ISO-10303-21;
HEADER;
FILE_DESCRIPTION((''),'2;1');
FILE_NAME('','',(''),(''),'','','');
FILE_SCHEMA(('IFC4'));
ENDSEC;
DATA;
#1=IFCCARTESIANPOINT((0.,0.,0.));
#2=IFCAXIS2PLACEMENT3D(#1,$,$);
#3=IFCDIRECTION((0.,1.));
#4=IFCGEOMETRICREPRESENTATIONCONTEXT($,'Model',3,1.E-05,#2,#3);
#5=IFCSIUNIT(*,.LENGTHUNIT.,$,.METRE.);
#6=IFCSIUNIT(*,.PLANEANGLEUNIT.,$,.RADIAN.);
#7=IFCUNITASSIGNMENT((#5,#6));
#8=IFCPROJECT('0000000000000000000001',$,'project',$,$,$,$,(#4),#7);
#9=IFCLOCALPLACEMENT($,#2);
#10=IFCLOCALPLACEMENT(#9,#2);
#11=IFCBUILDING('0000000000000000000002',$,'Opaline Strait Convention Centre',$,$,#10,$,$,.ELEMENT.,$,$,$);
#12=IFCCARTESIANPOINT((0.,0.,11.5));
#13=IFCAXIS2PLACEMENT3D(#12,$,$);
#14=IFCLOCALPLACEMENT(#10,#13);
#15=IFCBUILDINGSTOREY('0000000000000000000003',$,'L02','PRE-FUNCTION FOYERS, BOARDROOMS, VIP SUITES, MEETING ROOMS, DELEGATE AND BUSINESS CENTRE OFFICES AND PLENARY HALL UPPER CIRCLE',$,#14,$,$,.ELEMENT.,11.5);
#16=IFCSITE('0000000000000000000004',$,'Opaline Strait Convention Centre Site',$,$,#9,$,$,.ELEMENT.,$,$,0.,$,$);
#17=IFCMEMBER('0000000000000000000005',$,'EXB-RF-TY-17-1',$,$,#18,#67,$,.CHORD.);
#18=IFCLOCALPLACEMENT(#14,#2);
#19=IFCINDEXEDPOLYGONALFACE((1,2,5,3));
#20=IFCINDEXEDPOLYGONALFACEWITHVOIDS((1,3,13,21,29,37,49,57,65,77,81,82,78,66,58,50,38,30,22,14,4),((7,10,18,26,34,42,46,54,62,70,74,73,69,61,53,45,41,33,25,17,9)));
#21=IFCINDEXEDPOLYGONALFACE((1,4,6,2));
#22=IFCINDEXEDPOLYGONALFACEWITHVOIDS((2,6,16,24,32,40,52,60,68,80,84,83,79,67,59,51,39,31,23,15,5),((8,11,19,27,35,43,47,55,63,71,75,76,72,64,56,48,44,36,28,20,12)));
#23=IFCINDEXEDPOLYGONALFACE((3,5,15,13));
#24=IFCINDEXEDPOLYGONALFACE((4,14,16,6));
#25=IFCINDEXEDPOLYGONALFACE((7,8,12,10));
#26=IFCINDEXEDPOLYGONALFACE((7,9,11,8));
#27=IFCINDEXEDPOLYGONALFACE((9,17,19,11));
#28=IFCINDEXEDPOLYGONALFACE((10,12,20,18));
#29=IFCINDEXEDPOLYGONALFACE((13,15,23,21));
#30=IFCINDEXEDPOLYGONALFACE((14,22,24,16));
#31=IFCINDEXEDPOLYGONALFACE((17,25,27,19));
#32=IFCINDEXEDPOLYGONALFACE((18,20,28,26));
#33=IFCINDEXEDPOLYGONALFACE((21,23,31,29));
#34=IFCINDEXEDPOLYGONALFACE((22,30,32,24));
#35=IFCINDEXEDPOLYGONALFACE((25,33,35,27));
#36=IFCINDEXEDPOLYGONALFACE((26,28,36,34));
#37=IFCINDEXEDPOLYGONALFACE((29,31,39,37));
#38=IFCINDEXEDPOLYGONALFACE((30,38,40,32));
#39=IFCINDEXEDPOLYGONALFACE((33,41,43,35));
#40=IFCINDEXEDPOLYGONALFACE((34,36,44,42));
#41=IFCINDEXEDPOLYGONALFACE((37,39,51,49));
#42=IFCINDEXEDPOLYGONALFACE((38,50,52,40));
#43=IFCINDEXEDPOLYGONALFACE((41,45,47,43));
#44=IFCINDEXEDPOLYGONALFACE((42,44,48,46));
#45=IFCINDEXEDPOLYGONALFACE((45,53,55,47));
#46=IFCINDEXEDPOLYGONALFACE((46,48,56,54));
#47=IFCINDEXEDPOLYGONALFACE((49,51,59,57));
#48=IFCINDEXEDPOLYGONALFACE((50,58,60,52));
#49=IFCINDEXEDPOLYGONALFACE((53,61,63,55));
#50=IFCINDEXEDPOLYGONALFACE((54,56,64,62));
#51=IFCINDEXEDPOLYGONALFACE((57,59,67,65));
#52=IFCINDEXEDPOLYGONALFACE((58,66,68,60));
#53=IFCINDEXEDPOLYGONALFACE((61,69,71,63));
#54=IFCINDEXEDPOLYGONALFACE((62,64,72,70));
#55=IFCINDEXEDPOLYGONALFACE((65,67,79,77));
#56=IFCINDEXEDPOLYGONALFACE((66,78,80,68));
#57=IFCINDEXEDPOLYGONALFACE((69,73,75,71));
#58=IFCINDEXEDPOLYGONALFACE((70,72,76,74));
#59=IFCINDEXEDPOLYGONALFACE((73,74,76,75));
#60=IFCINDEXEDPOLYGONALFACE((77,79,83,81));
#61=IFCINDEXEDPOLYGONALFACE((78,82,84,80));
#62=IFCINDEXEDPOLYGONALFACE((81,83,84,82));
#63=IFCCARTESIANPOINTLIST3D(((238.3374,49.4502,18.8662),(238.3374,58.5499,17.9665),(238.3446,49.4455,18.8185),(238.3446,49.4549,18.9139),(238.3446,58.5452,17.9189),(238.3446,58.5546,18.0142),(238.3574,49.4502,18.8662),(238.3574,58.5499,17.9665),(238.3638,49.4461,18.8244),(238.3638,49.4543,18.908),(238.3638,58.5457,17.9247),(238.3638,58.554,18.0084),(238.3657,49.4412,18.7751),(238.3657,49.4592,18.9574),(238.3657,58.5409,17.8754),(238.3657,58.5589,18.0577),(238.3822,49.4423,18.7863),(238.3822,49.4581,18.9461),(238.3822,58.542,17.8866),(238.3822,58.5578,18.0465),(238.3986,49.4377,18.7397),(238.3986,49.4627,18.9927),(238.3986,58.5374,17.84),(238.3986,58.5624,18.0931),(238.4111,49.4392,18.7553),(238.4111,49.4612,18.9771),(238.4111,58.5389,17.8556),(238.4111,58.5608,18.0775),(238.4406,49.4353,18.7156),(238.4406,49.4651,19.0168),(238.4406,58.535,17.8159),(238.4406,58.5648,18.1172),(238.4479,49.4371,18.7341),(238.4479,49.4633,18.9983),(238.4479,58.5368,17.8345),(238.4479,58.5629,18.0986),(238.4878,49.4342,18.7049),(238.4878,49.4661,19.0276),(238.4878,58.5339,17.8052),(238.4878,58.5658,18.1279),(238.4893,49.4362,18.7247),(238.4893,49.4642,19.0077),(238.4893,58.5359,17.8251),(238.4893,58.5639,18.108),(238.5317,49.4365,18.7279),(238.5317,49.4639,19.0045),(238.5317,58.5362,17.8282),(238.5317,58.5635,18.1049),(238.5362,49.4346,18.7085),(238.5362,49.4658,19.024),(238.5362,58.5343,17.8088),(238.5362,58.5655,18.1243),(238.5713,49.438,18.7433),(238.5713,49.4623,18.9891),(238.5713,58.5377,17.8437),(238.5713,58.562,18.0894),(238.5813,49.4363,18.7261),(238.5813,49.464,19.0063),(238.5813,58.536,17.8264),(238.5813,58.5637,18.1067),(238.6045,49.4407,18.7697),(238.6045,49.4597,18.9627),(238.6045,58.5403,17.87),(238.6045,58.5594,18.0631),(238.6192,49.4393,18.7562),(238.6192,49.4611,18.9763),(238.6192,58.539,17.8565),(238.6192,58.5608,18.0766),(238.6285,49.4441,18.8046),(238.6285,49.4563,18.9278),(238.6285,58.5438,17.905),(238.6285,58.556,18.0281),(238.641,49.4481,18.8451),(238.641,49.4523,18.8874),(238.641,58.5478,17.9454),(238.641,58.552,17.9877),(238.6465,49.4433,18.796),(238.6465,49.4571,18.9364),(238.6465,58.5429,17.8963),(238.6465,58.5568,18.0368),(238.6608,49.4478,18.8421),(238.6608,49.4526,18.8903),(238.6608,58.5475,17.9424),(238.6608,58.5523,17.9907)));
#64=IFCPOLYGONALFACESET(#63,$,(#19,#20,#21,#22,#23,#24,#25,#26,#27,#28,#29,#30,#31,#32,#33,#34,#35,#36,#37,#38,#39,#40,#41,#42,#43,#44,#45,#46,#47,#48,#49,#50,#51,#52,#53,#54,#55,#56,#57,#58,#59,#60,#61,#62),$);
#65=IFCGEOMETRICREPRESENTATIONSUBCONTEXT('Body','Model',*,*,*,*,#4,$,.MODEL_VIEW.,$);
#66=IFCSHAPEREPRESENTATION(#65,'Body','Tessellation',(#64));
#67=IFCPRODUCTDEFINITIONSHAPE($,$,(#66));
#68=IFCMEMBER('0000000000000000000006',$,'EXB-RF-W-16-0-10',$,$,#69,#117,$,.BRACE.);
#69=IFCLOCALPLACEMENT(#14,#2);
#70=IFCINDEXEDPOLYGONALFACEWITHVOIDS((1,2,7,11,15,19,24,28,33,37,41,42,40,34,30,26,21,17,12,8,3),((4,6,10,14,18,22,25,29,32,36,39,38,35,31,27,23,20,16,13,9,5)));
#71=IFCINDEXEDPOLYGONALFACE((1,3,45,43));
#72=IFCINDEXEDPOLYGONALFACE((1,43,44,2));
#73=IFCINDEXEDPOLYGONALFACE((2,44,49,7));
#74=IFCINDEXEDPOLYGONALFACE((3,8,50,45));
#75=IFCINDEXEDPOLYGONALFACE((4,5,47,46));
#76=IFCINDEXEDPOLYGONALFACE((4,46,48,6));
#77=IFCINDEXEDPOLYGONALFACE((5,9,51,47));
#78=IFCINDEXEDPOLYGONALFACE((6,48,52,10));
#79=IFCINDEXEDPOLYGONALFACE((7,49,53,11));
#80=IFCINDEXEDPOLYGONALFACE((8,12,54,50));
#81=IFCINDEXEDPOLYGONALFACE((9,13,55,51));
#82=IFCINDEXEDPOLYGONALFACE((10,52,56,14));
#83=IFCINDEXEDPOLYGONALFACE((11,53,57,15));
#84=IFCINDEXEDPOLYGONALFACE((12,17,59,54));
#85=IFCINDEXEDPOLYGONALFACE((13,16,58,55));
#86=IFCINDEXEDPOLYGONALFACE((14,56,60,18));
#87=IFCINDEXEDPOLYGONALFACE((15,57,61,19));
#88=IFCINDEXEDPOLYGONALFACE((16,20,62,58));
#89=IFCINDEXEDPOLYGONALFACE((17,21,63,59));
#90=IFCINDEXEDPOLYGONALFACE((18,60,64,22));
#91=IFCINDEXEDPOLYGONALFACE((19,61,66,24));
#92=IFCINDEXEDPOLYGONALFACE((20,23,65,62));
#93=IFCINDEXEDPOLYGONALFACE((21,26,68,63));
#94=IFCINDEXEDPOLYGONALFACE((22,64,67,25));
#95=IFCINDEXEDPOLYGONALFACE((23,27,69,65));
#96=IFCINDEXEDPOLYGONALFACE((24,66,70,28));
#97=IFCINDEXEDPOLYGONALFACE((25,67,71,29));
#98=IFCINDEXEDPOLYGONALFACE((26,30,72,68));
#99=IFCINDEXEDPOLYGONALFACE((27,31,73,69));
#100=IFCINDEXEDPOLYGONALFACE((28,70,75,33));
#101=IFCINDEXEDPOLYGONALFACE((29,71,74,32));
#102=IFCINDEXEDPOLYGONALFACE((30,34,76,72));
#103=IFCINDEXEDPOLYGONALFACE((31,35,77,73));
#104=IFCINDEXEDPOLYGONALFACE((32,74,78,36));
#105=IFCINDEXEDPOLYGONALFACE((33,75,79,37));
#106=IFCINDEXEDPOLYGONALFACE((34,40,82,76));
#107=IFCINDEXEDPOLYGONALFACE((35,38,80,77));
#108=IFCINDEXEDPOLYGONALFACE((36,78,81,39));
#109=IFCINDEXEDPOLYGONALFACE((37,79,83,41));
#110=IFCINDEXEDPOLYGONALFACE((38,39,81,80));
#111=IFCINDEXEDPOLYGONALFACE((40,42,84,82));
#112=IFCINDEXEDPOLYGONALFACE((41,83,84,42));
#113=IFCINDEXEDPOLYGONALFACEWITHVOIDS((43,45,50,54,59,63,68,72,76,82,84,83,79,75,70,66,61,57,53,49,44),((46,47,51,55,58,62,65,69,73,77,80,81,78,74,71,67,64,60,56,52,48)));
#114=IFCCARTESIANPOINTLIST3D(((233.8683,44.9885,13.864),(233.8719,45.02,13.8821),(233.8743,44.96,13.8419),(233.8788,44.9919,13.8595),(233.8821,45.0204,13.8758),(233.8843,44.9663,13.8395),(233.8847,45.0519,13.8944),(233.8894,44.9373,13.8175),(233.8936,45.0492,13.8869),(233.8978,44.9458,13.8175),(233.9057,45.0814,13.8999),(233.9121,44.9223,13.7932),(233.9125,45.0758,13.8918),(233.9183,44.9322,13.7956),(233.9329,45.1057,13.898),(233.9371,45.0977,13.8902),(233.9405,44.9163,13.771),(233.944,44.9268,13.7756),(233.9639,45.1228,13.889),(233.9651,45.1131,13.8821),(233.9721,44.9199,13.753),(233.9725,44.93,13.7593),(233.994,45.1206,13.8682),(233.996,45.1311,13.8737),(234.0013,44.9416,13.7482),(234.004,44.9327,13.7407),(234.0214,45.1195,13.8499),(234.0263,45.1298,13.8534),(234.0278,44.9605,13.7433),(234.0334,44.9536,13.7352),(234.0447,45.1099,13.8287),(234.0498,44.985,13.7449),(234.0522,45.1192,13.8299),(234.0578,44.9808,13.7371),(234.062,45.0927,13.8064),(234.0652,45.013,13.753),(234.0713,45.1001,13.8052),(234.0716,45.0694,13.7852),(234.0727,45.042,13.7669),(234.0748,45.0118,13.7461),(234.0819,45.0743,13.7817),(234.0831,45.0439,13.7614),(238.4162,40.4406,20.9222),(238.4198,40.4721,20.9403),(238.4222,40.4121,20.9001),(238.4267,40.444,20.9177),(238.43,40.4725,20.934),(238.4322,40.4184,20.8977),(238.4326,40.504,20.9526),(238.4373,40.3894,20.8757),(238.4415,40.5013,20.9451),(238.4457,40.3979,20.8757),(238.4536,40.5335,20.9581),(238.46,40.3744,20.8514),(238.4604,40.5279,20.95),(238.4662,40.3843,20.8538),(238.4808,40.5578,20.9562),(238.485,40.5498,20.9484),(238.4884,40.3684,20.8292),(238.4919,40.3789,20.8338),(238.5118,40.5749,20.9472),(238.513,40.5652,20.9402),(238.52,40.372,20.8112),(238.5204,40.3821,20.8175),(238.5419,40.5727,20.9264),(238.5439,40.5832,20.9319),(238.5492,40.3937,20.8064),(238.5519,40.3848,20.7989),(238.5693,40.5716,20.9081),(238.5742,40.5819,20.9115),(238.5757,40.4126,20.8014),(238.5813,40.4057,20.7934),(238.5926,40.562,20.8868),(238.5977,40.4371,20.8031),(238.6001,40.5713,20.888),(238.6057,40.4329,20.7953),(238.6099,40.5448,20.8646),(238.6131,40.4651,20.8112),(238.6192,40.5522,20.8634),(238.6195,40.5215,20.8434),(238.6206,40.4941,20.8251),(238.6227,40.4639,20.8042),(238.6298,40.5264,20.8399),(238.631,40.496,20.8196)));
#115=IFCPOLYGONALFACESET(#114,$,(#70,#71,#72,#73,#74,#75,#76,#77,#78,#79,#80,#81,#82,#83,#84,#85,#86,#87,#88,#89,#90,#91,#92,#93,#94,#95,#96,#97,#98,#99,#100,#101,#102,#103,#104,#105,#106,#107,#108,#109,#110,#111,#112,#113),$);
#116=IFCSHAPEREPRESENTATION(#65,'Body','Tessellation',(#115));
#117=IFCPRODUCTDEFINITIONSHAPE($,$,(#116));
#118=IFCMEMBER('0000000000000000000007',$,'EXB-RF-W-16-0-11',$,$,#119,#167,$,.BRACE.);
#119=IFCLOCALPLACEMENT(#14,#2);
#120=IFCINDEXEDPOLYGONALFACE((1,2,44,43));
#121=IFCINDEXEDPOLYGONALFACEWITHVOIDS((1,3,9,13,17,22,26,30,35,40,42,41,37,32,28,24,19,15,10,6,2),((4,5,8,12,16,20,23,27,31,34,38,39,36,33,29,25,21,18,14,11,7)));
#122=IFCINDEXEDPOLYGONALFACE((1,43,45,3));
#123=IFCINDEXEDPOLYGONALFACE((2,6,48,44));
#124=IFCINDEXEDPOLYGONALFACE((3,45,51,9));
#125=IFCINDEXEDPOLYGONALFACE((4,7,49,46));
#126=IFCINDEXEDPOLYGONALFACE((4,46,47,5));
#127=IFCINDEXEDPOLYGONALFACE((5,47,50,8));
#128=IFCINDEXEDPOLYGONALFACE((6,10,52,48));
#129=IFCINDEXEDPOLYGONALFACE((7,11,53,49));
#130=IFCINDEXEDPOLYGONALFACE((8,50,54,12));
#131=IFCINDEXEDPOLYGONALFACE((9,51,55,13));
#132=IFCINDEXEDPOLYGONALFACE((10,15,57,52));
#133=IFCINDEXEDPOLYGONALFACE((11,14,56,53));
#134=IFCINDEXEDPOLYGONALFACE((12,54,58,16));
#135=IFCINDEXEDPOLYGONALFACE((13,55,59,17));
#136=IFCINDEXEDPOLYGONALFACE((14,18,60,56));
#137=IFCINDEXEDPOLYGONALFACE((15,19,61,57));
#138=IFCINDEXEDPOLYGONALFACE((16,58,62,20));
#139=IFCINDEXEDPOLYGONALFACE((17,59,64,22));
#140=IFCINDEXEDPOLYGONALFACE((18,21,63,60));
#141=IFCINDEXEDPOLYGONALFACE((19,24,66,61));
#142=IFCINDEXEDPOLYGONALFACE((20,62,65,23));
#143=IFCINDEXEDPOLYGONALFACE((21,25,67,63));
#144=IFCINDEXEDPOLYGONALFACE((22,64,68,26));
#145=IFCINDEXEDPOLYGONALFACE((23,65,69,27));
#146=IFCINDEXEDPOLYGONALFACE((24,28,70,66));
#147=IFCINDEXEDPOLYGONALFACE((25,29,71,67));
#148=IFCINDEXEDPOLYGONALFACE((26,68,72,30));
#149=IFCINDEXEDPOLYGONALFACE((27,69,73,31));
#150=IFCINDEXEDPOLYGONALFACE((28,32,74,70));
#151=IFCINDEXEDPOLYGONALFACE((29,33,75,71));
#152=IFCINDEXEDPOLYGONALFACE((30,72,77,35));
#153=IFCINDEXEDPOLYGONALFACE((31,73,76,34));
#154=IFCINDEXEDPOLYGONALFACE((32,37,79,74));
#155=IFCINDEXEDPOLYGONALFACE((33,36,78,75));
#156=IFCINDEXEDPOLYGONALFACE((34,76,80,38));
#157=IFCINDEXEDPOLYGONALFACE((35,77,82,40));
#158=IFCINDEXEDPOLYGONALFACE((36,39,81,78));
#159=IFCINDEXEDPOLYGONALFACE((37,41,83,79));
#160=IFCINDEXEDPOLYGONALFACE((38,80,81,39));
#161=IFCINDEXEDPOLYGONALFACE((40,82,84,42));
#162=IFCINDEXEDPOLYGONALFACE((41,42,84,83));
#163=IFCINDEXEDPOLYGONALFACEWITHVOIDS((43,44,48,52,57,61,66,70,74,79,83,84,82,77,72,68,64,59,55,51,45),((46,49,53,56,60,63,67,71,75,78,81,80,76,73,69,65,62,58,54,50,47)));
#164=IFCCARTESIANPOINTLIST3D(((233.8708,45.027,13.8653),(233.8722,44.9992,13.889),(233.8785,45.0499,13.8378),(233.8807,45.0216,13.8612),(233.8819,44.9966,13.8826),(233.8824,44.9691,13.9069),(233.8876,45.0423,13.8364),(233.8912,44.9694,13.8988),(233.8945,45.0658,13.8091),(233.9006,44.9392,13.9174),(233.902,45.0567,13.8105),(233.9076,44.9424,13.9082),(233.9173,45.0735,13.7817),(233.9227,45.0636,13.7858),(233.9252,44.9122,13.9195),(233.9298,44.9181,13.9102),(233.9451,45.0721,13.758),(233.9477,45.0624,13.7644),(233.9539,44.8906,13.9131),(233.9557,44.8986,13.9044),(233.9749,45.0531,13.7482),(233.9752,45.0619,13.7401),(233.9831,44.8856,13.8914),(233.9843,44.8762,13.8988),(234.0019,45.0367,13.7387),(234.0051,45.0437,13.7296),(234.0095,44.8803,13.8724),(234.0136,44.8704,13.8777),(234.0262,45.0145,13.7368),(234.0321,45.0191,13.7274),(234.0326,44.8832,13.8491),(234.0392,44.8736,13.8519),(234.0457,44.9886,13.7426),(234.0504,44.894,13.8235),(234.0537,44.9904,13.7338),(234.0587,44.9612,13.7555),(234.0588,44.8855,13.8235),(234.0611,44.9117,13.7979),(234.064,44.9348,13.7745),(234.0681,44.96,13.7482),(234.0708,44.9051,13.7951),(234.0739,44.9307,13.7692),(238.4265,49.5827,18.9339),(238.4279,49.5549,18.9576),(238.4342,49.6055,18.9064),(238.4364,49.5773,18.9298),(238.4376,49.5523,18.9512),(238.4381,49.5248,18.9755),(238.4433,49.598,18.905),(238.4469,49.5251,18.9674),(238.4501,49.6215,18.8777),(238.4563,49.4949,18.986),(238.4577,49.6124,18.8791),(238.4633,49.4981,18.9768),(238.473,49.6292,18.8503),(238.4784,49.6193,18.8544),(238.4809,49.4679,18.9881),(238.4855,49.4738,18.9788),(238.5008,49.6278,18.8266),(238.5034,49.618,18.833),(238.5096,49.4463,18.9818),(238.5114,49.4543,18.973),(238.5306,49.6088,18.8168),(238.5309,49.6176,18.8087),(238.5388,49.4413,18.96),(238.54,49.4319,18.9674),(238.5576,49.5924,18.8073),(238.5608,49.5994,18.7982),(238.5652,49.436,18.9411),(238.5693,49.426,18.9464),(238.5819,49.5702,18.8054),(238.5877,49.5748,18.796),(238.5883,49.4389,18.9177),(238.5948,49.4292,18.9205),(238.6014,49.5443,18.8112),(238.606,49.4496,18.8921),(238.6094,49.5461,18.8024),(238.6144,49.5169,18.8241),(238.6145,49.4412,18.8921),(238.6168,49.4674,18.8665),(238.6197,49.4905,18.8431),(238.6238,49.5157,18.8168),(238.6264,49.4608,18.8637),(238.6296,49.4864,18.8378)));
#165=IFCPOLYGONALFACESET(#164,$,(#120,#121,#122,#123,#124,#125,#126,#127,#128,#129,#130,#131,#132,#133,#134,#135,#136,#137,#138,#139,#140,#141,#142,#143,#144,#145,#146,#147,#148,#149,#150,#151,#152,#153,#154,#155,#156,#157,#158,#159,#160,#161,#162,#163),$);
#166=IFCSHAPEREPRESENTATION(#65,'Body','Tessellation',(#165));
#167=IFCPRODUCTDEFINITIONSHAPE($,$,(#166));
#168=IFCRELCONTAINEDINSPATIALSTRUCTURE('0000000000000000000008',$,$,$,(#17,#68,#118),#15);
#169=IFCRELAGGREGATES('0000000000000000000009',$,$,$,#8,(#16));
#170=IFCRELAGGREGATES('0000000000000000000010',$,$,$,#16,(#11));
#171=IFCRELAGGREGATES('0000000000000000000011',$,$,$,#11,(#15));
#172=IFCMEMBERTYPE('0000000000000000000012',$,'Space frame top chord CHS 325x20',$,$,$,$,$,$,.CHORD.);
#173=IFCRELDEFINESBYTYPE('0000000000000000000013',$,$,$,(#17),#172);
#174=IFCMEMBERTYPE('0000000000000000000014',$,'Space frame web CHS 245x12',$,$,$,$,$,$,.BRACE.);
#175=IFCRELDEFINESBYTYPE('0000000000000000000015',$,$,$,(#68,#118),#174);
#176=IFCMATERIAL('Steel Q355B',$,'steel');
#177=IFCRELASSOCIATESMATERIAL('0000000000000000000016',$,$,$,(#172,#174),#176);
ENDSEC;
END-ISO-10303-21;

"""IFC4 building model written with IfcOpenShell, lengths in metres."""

from ifc_helpers import new_model, si_unit, direction, frame, origin, origin_2d, place, context, subcontext, project, spatial, hollow_circle, extrude, material, material_profile, profile_set, type_object, element, save


model = new_model("IFC4")

# Units and contexts
model_context = context("Model", 3, precision=1e-05, world=origin(), true_north=direction((0.0, 1.0)))
body_context = subcontext(model_context, "Body", "Model", "MODEL_VIEW")
ifc_project = project(units=[si_unit("LENGTHUNIT", "METRE"), si_unit("PLANEANGLEUNIT", "RADIAN")], contexts=[model_context])

# Site, building, storey
site_placement = place(None, origin())
site = spatial("IfcSite", under=ifc_project, at=site_placement, Name="Opaline Strait Convention Centre Site", CompositionType="ELEMENT", RefElevation=0.0)
building_placement = place(site_placement, origin())
building = spatial("IfcBuilding", under=site, at=building_placement, Name="Opaline Strait Convention Centre", CompositionType="ELEMENT")
storey_placement = place(building_placement, frame((0.0, 0.0, 11.5)))
storey = spatial("IfcBuildingStorey", under=building, at=storey_placement, Name="L02", Description="PRE-FUNCTION FOYERS, BOARDROOMS, VIP SUITES, MEETING ROOMS, DELEGATE AND BUSINESS CENTRE OFFICES AND PLENARY HALL UPPER CIRCLE", CompositionType="ELEMENT", Elevation=11.5)

# Members
ifc_material_1 = material(Name="Steel Q355B", Category="steel")
ifc_material_profile_1 = material_profile(ifc_material_1, hollow_circle(Radius=0.1626, WallThickness=0.02, at=origin_2d()), Name="CHS 325x20")
ifc_profile_set_1 = profile_set([ifc_material_profile_1], Name="Steel Q355B")
member_type_1 = type_object("IfcMemberType", Name="Space frame top chord CHS 325x20", PredefinedType="CHORD", material=ifc_profile_set_1)
member_1_placement = place(storey_placement, frame((238.5, 49.4502, 18.8662), z_axis=(0.0, 0.995148, -0.098388), x_axis=(-1.0, 0.0, 0.0)))
element("IfcMember", 1, at=member_1_placement, inside=storey, type_object=member_type_1, Name="EXB-RF-TY-17-1", PredefinedType="CHORD", context=body_context, shape_type="SweptSolid", body=[
    extrude(hollow_circle(Radius=0.1626, WallThickness=0.02, at=origin_2d()), origin(), (0.0, 0.0, 1.0), 9.144),
])
ifc_material_profile_2 = material_profile(ifc_material_1, hollow_circle(Radius=0.1226, WallThickness=0.012, at=origin_2d()), Name="CHS 245x12")
ifc_profile_set_2 = profile_set([ifc_material_profile_2], Name="Steel Q355B")
member_type_2 = type_object("IfcMemberType", Name="Space frame web CHS 245x12", PredefinedType="BRACE", material=ifc_profile_set_2)
member_2_placement = place(storey_placement, frame((238.5239, 40.4761, 20.8757), z_axis=(-0.476266, 0.476266, -0.739149), x_axis=(-0.707107, -0.707107, 0.0)))
element("IfcMember", 2, at=member_2_placement, inside=storey, type_object=member_type_2, Name="EXB-RF-W-16-0-10", PredefinedType="BRACE", context=body_context, shape_type="SweptSolid", body=[
    extrude(hollow_circle(Radius=0.1226, WallThickness=0.012, at=origin_2d()), origin(), (0.0, 0.0, 1.0), 9.5491),
])
member_3_placement = place(storey_placement, frame((238.5278, 49.5278, 18.8921), z_axis=(-0.555739, -0.555739, -0.618311), x_axis=(0.707107, -0.707107, 0.0)))
element("IfcMember", 3, at=member_3_placement, inside=storey, type_object=member_type_2, Name="EXB-RF-W-16-0-11", PredefinedType="BRACE", context=body_context, shape_type="SweptSolid", body=[
    extrude(hollow_circle(Radius=0.1226, WallThickness=0.012, at=origin_2d()), origin(), (0.0, 0.0, 1.0), 8.1975),
])

save(model, "model.ifc")
